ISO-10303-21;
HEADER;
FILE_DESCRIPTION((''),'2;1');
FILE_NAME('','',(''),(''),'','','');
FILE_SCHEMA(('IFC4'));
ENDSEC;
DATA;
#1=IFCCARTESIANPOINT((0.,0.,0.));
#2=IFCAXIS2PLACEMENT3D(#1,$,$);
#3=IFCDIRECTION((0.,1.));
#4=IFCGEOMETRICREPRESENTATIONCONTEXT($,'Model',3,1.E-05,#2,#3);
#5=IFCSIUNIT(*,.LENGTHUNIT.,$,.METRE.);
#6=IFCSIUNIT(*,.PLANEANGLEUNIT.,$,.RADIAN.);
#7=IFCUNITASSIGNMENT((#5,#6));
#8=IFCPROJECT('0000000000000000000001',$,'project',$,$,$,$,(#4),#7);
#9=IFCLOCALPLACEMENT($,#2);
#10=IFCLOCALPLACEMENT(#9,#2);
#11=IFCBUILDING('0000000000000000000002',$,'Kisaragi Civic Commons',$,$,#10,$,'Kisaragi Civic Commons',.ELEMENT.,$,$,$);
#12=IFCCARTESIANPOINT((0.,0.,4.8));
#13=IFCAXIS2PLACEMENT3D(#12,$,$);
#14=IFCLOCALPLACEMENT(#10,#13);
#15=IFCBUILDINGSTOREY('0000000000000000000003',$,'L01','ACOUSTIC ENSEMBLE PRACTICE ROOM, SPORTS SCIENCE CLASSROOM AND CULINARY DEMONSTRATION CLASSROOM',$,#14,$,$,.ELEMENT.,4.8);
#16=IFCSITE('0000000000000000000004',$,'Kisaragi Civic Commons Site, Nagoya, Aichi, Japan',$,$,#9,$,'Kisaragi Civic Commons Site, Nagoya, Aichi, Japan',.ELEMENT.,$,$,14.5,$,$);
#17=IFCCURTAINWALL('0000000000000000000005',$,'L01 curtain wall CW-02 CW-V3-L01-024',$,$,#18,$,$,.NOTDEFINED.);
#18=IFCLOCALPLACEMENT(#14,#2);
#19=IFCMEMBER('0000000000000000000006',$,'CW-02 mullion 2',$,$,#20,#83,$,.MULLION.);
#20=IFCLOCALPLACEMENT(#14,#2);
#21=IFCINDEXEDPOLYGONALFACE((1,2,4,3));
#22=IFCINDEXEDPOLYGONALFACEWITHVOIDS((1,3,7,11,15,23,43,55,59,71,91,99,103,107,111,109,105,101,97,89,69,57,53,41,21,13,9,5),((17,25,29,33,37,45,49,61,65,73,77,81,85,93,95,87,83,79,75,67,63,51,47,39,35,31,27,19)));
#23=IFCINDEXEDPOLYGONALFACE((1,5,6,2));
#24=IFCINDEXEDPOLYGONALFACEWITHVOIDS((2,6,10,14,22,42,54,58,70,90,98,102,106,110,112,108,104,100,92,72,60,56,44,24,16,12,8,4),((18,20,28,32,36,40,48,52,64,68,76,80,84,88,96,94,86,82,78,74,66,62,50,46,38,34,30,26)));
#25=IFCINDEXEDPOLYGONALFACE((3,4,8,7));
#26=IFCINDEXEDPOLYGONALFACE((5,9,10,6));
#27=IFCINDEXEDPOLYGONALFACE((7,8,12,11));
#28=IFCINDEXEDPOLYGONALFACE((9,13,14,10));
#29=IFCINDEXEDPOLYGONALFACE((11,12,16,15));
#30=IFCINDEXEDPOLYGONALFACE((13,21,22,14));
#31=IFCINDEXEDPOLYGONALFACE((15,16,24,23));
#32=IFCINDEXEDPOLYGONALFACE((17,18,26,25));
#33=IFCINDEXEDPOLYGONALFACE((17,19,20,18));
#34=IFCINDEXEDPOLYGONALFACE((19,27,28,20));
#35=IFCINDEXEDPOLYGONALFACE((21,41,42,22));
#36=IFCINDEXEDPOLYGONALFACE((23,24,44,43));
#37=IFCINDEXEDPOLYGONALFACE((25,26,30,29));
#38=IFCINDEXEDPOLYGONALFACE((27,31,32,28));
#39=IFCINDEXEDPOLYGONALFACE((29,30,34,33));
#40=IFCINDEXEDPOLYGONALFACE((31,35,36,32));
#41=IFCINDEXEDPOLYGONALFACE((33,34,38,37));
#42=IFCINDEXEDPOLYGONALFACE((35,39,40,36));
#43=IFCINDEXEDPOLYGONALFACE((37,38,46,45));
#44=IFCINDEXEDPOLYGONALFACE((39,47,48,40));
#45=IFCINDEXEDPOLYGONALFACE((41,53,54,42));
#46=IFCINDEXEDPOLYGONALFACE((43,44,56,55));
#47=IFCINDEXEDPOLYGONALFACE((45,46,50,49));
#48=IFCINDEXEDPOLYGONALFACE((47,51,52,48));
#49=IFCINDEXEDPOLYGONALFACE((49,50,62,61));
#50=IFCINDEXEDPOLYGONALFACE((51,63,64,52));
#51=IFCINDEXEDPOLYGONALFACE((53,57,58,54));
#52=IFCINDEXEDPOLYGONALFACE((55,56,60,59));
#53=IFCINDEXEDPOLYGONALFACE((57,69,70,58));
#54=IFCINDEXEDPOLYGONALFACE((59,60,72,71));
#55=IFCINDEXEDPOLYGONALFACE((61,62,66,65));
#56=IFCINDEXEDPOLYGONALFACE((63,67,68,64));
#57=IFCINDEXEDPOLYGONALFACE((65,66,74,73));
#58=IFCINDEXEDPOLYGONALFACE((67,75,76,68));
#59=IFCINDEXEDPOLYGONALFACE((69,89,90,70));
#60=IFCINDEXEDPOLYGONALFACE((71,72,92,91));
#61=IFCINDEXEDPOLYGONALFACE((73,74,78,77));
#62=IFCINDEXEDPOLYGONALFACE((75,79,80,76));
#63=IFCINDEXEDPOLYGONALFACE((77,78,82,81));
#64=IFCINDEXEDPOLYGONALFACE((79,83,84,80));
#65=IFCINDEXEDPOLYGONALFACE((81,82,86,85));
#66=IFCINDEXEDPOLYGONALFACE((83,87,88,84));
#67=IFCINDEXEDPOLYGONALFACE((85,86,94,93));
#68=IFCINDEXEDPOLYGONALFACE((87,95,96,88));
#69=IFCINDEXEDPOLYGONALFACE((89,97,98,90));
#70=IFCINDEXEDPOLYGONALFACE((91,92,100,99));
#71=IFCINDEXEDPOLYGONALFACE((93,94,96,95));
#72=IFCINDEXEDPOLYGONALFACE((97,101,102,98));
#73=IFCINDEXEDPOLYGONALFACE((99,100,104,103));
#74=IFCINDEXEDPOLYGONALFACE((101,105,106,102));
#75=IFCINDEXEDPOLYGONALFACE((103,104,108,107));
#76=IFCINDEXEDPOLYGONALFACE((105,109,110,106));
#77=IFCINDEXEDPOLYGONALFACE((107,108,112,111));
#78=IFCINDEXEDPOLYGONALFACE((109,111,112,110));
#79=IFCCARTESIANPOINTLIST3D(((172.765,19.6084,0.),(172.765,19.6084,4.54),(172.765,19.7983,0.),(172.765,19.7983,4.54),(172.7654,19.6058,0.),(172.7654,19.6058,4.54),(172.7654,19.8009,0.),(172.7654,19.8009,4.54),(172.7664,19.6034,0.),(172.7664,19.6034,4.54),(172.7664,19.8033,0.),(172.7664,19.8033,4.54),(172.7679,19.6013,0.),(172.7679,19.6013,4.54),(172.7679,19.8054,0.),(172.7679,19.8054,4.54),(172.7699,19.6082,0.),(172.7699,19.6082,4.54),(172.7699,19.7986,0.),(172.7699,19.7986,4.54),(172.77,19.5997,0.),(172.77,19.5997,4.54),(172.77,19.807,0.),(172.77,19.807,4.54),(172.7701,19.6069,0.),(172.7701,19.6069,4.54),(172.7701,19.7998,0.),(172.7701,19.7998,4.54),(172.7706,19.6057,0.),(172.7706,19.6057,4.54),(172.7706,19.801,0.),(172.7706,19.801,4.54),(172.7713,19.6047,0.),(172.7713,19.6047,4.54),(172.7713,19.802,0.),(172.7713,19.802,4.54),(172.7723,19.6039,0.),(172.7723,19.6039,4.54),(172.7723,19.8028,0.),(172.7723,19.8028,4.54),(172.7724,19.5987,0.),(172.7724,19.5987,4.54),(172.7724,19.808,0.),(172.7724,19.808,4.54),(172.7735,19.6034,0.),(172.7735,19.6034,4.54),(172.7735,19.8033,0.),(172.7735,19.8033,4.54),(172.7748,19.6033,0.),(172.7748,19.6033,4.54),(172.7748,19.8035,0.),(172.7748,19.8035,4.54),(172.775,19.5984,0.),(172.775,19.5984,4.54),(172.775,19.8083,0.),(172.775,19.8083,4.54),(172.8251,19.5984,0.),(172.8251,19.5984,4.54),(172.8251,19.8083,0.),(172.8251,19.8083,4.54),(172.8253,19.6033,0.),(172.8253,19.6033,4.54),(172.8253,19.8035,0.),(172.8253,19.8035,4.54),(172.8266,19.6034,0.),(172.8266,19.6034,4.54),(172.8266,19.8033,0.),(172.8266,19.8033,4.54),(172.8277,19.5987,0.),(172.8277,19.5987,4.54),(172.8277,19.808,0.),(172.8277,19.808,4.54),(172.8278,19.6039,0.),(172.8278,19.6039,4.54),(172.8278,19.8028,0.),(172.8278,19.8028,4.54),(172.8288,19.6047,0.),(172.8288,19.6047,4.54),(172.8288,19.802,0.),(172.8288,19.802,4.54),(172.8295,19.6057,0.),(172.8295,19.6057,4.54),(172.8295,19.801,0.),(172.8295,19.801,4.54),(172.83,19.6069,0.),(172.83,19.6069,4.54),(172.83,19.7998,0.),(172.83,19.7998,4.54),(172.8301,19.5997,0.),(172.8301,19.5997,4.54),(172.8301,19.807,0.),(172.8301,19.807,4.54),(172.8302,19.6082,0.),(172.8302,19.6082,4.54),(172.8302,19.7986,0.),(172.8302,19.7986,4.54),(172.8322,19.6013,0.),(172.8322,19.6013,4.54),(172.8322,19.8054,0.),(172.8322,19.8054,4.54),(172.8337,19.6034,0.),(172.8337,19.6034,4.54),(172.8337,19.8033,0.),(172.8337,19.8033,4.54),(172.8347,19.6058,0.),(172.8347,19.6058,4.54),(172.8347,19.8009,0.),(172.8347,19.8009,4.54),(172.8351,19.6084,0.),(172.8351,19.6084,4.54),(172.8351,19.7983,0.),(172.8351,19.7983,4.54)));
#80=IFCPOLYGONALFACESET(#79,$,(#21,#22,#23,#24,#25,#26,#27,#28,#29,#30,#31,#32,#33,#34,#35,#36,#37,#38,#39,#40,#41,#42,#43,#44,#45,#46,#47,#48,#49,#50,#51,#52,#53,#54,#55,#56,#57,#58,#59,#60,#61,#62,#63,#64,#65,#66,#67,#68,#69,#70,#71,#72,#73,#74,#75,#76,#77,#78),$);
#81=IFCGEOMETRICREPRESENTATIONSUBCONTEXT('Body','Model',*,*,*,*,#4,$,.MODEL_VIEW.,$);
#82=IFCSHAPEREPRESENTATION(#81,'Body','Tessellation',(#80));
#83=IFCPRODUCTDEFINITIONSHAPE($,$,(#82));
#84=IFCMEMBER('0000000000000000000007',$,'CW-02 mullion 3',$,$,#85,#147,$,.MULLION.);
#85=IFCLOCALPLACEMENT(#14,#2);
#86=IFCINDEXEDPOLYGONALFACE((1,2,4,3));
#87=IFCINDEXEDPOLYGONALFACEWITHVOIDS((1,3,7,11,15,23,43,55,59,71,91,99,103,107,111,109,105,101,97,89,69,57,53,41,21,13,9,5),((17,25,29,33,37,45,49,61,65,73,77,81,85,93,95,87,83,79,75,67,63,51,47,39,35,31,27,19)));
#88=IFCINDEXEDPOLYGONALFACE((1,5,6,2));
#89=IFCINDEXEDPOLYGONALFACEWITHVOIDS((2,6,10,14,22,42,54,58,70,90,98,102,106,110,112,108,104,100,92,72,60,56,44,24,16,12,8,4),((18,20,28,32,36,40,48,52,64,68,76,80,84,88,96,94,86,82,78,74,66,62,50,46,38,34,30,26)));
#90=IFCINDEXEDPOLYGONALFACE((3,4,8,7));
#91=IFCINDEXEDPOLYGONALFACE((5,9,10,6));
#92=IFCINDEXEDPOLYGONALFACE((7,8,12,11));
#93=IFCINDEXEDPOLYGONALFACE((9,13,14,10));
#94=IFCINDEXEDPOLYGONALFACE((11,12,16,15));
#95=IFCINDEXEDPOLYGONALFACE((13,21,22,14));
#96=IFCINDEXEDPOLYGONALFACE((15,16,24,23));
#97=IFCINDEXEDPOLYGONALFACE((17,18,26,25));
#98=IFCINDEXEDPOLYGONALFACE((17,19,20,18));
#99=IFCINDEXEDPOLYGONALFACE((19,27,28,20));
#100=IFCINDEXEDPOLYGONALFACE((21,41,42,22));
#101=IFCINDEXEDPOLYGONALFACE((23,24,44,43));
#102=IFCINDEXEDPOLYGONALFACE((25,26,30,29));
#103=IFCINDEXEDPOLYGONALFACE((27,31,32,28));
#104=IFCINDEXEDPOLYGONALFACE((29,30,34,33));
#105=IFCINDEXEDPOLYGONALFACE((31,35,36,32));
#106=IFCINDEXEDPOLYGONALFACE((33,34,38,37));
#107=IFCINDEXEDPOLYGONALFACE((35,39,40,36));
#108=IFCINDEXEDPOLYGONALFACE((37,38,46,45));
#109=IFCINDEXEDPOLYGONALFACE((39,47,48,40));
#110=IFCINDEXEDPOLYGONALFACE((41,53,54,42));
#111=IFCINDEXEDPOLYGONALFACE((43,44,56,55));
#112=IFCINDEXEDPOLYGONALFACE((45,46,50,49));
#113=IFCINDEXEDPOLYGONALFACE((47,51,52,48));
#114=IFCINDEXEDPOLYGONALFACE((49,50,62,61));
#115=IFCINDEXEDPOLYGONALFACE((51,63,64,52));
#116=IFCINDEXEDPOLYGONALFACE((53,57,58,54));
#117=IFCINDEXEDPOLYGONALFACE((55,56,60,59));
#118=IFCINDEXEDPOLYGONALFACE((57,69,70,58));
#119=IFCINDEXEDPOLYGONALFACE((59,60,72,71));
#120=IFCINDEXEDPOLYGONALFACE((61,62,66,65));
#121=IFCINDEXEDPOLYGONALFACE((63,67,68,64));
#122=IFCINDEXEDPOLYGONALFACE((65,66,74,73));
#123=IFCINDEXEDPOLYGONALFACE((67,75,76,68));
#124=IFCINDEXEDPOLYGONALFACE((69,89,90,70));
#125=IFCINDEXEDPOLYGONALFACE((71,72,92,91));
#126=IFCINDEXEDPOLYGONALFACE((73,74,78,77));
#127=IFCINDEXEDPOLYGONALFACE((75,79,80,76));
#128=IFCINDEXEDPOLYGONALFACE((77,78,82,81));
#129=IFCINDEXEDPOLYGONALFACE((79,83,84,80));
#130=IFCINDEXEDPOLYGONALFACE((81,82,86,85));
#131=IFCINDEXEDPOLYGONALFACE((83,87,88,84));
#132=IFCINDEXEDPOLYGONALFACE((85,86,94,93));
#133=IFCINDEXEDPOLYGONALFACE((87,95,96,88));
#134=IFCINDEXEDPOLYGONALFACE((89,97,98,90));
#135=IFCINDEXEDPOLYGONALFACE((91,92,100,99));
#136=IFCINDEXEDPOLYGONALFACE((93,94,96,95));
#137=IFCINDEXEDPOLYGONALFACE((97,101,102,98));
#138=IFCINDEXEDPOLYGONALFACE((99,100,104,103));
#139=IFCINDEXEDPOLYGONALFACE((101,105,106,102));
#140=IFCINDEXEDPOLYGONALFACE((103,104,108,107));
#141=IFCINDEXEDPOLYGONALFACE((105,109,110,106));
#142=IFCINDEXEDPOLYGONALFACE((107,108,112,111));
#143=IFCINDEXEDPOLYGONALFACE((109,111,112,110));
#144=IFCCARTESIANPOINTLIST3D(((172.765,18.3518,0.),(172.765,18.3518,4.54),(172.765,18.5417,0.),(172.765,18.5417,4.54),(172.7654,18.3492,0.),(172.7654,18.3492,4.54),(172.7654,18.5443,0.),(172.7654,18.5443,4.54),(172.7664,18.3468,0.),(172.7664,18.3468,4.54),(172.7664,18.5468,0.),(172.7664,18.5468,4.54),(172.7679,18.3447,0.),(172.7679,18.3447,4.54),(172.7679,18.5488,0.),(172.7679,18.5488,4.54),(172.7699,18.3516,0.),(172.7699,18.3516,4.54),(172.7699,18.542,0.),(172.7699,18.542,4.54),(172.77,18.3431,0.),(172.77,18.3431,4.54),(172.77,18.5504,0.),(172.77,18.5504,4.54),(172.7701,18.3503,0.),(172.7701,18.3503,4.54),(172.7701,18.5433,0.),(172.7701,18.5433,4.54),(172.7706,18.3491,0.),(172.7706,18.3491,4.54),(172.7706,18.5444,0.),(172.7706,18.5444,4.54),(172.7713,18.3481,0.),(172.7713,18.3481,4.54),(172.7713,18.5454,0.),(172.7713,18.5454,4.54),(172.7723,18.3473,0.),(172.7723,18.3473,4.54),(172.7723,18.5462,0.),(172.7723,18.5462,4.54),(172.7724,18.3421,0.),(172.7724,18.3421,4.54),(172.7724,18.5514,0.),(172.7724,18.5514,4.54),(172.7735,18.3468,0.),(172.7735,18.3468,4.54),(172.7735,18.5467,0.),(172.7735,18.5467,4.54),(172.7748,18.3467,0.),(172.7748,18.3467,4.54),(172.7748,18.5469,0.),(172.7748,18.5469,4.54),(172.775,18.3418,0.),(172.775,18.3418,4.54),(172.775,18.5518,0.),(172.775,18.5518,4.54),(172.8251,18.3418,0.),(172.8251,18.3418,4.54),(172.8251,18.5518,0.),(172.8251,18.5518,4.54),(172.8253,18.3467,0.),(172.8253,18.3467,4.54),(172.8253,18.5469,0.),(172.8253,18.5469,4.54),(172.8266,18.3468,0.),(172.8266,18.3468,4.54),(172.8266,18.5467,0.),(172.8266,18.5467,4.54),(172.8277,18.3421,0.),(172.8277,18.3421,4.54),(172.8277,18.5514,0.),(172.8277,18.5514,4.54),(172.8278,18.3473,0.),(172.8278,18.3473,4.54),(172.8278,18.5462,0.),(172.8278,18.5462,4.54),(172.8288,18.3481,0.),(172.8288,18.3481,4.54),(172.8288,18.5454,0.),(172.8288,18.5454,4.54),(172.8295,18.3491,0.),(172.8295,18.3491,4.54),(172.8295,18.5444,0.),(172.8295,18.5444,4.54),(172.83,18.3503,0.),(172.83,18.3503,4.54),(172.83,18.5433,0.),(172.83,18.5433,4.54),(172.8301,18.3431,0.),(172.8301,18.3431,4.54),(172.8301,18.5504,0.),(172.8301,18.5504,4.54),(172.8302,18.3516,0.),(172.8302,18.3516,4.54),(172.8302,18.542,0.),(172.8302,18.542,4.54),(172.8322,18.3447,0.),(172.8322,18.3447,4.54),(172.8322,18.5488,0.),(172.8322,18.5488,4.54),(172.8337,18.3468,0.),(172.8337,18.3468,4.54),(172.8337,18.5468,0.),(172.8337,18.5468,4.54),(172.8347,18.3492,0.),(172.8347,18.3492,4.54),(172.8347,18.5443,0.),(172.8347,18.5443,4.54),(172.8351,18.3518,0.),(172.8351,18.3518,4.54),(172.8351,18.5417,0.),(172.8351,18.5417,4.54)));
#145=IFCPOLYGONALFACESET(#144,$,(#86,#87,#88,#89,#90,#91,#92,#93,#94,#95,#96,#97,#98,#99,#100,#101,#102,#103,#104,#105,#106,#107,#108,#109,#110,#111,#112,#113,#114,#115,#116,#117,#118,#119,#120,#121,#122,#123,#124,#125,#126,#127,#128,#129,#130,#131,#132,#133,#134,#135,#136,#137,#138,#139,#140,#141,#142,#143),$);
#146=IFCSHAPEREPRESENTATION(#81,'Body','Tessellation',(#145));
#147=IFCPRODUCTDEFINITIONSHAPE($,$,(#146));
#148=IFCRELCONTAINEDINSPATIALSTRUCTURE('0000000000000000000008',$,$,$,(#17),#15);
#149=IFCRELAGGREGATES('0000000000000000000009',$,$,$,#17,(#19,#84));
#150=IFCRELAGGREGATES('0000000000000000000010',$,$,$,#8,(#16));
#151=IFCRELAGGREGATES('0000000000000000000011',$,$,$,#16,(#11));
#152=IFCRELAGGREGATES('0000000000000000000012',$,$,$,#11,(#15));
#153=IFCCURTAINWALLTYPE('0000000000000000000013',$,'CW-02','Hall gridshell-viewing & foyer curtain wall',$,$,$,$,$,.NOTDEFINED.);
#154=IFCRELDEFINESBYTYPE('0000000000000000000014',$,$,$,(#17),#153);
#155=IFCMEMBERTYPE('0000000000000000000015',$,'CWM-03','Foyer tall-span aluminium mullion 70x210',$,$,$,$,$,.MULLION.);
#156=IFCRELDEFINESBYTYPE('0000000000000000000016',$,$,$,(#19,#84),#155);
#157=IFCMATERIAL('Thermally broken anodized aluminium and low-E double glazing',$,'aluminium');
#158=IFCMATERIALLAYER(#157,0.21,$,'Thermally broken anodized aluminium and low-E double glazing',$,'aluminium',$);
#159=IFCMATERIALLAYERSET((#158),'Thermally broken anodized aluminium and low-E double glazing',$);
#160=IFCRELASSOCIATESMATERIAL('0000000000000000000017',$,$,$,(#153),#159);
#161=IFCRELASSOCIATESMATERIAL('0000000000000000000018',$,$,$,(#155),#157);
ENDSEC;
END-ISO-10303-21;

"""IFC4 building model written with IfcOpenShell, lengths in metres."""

from ifc_helpers import new_model, si_unit, direction, frame, origin, origin_2d, place, context, subcontext, project, spatial, hollow_rectangle, extrude, material, layer, layer_set, material_profile, profile_set, type_object, element, aggregate, save


model = new_model("IFC4")

# Units and contexts
model_context = context("Model", 3, precision=1e-05, world=origin(), true_north=direction((0.0, 1.0)))
body_context = subcontext(model_context, "Body", "Model", "MODEL_VIEW")
ifc_project = project(units=[si_unit("LENGTHUNIT", "METRE"), si_unit("PLANEANGLEUNIT", "RADIAN")], contexts=[model_context])

# Site, building, storey
site_placement = place(None, origin())
site = spatial("IfcSite", under=ifc_project, at=site_placement, Name="Kisaragi Civic Commons Site, Nagoya, Aichi, Japan", LongName="Kisaragi Civic Commons Site, Nagoya, Aichi, Japan", CompositionType="ELEMENT", RefElevation=14.5)
building_placement = place(site_placement, origin())
building = spatial("IfcBuilding", under=site, at=building_placement, Name="Kisaragi Civic Commons", LongName="Kisaragi Civic Commons", CompositionType="ELEMENT")
storey_placement = place(building_placement, frame((0.0, 0.0, 4.8)))
storey = spatial("IfcBuildingStorey", under=building, at=storey_placement, Name="L01", Description="ACOUSTIC ENSEMBLE PRACTICE ROOM, SPORTS SCIENCE CLASSROOM AND CULINARY DEMONSTRATION CLASSROOM", CompositionType="ELEMENT", Elevation=4.8)

# Shared definitions
ifc_material = material(Name="Thermally broken anodized aluminium and low-E double glazing", Category="aluminium")
ifc_layer_1 = layer(ifc_material, 0.21, Name="Thermally broken anodized aluminium and low-E double glazing", Category="aluminium")
ifc_layer_set_1 = layer_set([ifc_layer_1], Name="Thermally broken anodized aluminium and low-E double glazing")
curtain_wall_type = type_object("IfcCurtainWallType", Name="CW-02", Description="Hall gridshell-viewing & foyer curtain wall", PredefinedType="NOTDEFINED", material=ifc_layer_set_1)
ifc_material_profile_1 = material_profile(ifc_material, hollow_rectangle(XDim=0.0701, YDim=0.21, WallThickness=0.0049, InnerFilletRadius=0.0049, OuterFilletRadius=0.01, at=origin_2d()), Name="CWM-70x210x5", Category="aluminium")
ifc_profile_set_1 = profile_set([ifc_material_profile_1], Name="Thermally broken anodized aluminium and low-E double glazing")
member_type_1 = type_object("IfcMemberType", Name="CWM-03", Description="Foyer tall-span aluminium mullion 70x210", PredefinedType="MULLION", material=ifc_profile_set_1)

# Curtain wall, members
curtain_wall_1_placement = place(storey_placement, origin())
curtain_wall_1 = element("IfcCurtainWall", 1, at=curtain_wall_1_placement, inside=storey, type_object=curtain_wall_type, Name="L01 curtain wall CW-02 CW-V3-L01-024", PredefinedType="NOTDEFINED")
member_1_placement = place(storey_placement, frame((172.8, 19.7034, 0.0), z_axis=(0.0, 0.0, 1.0), x_axis=(1.0, 0.0, 0.0)))
member_1 = element("IfcMember", 2, at=member_1_placement, type_object=member_type_1, Name="CW-02 mullion 2", PredefinedType="MULLION", context=body_context, shape_type="SweptSolid", body=[
    extrude(hollow_rectangle(XDim=0.0701, YDim=0.21, WallThickness=0.0049, InnerFilletRadius=0.0049, OuterFilletRadius=0.01, at=origin_2d()), origin(), (0.0, 0.0, 1.0), 4.54),
])
member_2_placement = place(storey_placement, frame((172.8, 18.4468, 0.0), z_axis=(0.0, 0.0, 1.0), x_axis=(1.0, 0.0, 0.0)))
member_2 = element("IfcMember", 3, at=member_2_placement, type_object=member_type_1, Name="CW-02 mullion 3", PredefinedType="MULLION", context=body_context, shape_type="SweptSolid", body=[
    extrude(hollow_rectangle(XDim=0.0701, YDim=0.21, WallThickness=0.0049, InnerFilletRadius=0.0049, OuterFilletRadius=0.01, at=origin_2d()), origin(), (0.0, 0.0, 1.0), 4.54),
])

aggregate(curtain_wall_1, [member_1, member_2])

save(model, "model.ifc")
